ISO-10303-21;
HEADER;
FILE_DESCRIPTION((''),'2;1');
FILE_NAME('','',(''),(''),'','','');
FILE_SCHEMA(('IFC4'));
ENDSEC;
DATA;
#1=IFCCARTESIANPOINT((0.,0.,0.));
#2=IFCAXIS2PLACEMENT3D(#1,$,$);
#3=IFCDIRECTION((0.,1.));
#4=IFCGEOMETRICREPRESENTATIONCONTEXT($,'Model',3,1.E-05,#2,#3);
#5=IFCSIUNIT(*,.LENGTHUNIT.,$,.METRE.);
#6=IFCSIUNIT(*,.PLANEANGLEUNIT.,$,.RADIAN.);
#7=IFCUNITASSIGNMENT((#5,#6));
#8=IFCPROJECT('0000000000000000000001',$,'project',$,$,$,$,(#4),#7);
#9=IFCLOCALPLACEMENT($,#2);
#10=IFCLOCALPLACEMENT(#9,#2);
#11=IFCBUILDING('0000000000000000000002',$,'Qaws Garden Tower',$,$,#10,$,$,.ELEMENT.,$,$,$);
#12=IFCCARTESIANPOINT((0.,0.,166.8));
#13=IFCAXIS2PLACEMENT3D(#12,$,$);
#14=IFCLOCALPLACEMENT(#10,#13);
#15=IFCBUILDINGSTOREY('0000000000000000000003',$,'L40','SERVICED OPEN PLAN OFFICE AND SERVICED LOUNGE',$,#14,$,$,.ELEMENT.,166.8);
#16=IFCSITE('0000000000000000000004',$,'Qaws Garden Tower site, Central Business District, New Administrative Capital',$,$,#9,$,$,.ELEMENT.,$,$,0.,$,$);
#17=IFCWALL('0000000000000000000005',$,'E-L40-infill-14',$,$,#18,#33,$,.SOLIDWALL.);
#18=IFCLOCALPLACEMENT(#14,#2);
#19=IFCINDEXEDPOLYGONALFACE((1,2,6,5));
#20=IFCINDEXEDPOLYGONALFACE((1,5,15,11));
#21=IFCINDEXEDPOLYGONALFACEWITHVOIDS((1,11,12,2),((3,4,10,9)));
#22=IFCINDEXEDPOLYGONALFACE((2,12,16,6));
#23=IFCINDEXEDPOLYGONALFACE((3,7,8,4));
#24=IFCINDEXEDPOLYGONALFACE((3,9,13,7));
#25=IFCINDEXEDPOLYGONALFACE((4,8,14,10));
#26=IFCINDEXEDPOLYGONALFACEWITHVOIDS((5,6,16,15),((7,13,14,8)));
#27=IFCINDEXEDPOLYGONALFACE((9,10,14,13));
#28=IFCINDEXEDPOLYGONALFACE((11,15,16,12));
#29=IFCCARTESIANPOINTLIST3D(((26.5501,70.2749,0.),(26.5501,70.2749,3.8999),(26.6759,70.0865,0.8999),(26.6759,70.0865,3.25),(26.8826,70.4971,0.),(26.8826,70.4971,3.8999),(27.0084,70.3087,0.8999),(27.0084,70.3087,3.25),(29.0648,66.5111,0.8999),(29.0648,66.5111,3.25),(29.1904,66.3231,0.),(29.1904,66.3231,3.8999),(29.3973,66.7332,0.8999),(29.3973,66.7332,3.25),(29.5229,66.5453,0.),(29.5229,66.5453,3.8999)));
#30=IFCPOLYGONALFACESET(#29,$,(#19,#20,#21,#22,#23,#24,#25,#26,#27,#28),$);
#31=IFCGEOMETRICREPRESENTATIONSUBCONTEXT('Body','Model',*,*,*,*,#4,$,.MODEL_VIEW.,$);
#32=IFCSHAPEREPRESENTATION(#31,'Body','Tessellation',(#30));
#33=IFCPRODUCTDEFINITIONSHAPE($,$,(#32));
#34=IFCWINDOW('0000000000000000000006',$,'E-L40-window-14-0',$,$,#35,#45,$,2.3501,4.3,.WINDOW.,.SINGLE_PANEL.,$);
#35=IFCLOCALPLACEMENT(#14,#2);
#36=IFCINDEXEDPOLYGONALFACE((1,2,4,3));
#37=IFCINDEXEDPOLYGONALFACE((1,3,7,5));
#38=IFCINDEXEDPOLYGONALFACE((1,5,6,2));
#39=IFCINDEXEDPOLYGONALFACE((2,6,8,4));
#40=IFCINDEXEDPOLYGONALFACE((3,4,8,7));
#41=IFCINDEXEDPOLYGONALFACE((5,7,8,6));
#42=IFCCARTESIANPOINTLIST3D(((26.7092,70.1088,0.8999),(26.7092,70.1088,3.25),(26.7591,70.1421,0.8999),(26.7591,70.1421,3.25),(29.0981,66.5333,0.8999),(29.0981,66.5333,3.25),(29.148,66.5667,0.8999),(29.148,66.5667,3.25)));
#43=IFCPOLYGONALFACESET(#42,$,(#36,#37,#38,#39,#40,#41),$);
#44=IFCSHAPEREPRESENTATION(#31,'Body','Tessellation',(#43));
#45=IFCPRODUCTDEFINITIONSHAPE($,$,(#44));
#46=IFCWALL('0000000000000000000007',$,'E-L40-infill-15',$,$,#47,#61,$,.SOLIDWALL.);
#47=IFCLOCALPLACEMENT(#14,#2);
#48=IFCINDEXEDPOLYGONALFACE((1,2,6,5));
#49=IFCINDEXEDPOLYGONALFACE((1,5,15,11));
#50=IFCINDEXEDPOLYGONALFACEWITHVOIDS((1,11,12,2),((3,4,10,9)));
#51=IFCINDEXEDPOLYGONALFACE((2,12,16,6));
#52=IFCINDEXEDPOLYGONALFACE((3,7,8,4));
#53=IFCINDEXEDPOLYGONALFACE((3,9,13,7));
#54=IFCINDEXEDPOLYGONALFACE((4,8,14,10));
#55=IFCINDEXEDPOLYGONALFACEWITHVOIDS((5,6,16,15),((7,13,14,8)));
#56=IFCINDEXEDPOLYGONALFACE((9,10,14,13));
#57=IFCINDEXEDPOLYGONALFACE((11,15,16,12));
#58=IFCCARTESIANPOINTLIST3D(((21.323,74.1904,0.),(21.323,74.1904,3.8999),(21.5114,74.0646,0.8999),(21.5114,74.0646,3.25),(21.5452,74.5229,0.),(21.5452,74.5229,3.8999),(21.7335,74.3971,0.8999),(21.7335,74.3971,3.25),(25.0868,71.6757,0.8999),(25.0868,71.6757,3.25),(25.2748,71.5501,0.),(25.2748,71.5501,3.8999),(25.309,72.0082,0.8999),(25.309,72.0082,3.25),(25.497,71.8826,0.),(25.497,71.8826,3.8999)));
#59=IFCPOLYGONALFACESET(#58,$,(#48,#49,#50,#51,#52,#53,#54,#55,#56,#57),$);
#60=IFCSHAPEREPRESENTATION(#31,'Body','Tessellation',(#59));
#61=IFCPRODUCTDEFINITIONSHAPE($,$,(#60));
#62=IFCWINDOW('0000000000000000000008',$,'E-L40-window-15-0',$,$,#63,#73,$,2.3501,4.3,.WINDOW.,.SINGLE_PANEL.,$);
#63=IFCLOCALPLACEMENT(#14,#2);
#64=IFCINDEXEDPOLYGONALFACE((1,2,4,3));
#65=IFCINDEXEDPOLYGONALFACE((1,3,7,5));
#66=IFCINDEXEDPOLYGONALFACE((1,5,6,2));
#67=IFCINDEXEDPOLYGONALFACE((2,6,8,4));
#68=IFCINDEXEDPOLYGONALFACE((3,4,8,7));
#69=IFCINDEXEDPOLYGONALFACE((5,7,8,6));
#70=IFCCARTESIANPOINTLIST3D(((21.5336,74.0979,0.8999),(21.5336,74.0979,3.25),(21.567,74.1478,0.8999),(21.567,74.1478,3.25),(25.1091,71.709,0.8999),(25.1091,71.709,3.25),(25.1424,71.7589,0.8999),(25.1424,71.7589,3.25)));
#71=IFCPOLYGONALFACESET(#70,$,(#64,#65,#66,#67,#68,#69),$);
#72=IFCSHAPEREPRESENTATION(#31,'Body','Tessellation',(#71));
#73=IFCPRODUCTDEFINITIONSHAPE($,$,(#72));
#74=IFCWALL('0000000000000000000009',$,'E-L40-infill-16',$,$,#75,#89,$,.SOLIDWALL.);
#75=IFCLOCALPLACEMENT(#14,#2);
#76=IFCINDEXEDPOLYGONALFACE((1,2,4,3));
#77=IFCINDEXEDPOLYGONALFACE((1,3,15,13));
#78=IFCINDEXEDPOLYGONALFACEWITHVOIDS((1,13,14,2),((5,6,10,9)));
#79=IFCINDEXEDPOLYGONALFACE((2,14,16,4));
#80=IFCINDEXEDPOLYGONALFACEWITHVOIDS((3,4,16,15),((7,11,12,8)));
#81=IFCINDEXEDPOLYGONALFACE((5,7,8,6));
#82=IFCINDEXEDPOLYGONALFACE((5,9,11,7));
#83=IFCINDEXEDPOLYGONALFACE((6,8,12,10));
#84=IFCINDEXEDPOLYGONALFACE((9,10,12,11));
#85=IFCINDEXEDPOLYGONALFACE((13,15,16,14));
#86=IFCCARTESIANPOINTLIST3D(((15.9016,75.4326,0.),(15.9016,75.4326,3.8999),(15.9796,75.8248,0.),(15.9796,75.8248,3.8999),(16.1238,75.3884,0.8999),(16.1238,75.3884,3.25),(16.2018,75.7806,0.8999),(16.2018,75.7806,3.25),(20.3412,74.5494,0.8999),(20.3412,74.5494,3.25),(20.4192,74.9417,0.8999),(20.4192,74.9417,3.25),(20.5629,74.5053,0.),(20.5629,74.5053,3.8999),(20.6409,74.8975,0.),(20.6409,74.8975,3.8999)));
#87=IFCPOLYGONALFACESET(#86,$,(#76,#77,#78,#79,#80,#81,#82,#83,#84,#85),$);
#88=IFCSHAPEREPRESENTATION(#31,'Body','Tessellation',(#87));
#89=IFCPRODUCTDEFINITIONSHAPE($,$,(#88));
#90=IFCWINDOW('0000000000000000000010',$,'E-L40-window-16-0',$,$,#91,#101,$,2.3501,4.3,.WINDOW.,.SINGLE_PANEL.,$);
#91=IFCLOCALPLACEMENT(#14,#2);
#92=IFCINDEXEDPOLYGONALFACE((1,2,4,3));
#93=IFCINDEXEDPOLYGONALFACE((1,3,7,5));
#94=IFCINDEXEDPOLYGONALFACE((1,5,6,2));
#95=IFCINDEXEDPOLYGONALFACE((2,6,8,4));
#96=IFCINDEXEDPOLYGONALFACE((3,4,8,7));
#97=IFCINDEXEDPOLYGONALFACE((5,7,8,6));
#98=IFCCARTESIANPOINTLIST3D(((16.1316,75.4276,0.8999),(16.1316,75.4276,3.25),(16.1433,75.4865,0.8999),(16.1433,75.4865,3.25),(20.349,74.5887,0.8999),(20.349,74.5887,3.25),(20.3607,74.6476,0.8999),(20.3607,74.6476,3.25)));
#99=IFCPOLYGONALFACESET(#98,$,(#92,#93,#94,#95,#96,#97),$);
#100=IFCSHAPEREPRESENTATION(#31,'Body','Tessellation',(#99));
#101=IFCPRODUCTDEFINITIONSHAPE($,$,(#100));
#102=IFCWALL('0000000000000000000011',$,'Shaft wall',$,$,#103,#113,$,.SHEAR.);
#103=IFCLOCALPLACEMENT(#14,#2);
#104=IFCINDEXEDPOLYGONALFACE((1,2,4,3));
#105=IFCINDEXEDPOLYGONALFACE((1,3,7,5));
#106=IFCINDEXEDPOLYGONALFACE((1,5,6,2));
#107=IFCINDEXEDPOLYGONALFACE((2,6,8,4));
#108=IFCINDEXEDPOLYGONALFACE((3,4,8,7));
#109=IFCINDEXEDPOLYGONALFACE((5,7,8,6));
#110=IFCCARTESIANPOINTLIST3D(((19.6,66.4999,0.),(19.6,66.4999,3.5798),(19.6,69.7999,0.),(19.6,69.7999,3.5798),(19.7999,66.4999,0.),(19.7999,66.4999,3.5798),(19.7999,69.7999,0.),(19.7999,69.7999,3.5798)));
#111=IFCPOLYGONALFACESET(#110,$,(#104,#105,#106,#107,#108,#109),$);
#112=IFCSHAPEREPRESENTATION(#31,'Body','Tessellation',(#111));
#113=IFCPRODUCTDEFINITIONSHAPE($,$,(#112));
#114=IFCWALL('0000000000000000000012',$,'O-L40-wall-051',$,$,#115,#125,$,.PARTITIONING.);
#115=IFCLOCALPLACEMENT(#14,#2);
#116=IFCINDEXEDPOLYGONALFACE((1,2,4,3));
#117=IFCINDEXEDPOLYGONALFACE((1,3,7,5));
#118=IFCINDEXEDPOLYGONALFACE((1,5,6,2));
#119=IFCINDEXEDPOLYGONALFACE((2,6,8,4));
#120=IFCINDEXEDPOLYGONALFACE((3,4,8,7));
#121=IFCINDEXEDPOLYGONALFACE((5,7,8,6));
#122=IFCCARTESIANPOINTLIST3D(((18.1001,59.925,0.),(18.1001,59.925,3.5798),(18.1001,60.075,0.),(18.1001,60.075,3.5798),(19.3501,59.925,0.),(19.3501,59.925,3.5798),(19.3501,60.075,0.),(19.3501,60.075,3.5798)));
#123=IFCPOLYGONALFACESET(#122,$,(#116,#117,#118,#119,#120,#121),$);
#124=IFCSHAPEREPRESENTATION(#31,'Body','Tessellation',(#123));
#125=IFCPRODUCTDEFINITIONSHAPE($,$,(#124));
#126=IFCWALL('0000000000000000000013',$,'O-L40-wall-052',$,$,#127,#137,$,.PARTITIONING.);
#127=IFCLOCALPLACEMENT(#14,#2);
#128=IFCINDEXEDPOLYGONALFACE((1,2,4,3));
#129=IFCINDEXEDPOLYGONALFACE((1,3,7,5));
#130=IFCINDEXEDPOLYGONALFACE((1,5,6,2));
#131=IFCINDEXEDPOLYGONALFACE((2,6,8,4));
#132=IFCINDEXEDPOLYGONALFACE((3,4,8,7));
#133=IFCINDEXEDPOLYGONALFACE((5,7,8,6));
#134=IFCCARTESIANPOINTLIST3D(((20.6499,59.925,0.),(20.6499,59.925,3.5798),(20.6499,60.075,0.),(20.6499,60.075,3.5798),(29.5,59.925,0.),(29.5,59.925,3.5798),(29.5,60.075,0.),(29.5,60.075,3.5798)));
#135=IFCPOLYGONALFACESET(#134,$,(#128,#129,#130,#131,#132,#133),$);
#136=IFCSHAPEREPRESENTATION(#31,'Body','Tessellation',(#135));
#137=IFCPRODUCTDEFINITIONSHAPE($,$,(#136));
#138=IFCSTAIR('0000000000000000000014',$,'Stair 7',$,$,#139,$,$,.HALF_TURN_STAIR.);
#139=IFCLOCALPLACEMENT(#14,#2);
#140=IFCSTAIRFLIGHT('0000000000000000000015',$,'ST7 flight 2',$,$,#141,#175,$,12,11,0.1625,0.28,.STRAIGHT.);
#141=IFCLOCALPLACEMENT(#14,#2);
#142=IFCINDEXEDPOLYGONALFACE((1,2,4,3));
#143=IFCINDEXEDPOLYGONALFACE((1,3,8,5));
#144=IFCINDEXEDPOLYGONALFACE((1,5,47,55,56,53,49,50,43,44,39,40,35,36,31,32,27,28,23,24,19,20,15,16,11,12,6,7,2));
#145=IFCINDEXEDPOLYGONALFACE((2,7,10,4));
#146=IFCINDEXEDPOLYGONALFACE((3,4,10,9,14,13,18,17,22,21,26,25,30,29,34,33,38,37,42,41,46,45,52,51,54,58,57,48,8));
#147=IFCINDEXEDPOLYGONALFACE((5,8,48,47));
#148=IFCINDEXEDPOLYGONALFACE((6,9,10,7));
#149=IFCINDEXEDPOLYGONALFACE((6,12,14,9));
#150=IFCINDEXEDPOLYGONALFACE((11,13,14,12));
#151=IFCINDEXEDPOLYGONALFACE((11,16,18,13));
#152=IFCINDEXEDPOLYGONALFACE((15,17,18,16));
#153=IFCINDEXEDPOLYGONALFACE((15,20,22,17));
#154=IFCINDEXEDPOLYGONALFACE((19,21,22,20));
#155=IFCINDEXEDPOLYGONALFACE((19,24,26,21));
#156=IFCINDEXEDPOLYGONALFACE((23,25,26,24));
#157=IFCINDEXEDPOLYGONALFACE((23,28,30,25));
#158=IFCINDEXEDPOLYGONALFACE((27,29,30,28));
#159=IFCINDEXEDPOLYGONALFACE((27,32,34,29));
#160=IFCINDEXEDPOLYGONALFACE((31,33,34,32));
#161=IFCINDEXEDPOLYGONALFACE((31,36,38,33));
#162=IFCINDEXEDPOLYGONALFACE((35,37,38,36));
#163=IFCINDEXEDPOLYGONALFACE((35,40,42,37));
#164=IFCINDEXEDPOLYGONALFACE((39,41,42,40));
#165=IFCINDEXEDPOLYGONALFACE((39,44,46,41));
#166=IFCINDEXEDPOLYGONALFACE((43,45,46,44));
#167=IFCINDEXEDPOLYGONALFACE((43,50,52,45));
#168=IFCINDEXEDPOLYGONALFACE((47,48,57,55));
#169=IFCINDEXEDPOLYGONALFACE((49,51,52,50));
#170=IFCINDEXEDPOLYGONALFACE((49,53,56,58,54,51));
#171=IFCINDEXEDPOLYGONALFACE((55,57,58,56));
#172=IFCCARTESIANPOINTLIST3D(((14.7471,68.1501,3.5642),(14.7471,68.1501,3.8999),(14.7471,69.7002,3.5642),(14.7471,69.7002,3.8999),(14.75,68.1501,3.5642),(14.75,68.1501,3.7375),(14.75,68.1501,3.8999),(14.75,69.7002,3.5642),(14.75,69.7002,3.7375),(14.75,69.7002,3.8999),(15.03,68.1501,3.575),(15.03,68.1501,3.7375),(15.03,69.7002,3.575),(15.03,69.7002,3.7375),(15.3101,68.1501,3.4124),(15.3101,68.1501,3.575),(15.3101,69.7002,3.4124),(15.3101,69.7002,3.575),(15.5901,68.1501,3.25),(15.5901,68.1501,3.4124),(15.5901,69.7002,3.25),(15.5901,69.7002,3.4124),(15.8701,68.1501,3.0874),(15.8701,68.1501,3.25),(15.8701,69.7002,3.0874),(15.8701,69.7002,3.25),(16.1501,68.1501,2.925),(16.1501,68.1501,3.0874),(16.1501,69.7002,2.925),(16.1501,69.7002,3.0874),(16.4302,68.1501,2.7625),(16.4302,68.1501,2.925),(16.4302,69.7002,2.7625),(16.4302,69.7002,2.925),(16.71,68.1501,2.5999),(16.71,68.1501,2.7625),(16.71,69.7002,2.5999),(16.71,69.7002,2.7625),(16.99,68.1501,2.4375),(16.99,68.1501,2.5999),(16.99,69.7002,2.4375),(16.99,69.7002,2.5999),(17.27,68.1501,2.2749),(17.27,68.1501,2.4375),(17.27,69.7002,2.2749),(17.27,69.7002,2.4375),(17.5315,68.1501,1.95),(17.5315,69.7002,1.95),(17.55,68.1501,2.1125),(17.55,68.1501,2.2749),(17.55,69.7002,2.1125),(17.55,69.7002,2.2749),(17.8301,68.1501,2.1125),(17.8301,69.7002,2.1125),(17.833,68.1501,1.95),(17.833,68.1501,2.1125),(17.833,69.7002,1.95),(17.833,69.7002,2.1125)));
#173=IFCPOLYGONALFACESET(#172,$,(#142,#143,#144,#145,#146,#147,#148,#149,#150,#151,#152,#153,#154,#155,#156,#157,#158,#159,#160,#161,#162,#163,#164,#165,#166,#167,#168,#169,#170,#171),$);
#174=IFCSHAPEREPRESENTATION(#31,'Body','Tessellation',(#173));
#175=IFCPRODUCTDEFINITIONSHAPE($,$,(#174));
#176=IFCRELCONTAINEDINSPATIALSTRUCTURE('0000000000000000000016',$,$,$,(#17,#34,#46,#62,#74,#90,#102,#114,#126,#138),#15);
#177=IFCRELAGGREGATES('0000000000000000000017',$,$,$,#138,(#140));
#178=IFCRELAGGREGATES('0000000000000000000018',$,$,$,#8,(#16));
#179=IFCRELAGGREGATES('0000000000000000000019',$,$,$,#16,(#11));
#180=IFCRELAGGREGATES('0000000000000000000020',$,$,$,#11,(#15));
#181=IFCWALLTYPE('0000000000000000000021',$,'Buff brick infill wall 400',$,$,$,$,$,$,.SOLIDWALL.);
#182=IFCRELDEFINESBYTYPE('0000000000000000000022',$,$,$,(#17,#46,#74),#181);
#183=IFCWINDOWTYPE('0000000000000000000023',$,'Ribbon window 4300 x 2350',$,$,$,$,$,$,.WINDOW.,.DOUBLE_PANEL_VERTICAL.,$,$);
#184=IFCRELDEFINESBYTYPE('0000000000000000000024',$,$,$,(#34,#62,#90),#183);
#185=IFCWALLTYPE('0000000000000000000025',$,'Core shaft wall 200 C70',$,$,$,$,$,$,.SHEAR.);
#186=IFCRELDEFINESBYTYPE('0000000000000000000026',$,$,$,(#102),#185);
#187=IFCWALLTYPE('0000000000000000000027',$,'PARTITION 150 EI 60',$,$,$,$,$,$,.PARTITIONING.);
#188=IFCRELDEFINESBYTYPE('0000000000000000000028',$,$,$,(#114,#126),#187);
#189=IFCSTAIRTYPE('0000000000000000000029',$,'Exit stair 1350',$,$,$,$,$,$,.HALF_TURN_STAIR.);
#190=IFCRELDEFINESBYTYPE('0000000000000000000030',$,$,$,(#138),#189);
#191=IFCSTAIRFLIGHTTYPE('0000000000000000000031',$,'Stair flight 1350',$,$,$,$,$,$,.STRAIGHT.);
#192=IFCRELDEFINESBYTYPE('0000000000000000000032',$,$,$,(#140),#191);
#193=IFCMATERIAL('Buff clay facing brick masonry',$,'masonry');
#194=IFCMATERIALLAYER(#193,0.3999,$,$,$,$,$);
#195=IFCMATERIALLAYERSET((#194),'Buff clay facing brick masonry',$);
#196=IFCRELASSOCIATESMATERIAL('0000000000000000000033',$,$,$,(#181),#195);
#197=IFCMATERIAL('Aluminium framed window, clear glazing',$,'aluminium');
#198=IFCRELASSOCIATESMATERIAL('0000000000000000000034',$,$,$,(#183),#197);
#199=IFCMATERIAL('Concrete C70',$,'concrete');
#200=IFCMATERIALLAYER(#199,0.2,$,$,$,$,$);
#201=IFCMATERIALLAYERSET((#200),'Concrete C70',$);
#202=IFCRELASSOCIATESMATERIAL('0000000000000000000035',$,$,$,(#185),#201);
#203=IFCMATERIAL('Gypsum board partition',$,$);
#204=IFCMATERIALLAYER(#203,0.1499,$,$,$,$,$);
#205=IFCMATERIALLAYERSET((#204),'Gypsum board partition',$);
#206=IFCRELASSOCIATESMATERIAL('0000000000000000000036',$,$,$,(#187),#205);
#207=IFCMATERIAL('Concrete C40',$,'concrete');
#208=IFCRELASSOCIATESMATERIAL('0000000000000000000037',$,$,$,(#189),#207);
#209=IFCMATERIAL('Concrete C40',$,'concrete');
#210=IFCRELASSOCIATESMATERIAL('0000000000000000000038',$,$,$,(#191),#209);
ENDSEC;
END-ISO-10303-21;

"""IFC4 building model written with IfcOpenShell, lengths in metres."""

from ifc_helpers import new_model, si_unit, direction, frame, frame_2d, origin, place, context, subcontext, project, spatial, polyline, rectangle, outline, extrude, material, layer, layer_set, type_object, element, fill, aggregate, save


model = new_model("IFC4")

# Units and contexts
model_context = context("Model", 3, precision=1e-05, world=origin(), true_north=direction((0.0, 1.0)))
body_context = subcontext(model_context, "Body", "Model", "MODEL_VIEW")
ifc_project = project(units=[si_unit("LENGTHUNIT", "METRE"), si_unit("PLANEANGLEUNIT", "RADIAN")], contexts=[model_context])

# Site, building, storey
site_placement = place(None, origin())
site = spatial("IfcSite", under=ifc_project, at=site_placement, Name="Qaws Garden Tower site, Central Business District, New Administrative Capital", CompositionType="ELEMENT", RefElevation=0.0)
building_placement = place(site_placement, origin())
building = spatial("IfcBuilding", under=site, at=building_placement, Name="Qaws Garden Tower", CompositionType="ELEMENT")
storey_placement = place(building_placement, frame((0.0, 0.0, 166.8)))
storey = spatial("IfcBuildingStorey", under=building, at=storey_placement, Name="L40", Description="SERVICED OPEN PLAN OFFICE AND SERVICED LOUNGE", CompositionType="ELEMENT", Elevation=166.8)

# Walls, openings, windows
ifc_material_1 = material(Name="Buff clay facing brick masonry", Category="masonry")
ifc_layer_1 = layer(ifc_material_1, 0.3999)
ifc_layer_set_1 = layer_set([ifc_layer_1], Name="Buff clay facing brick masonry")
wall_type_1 = type_object("IfcWallType", Name="Buff brick infill wall 400", PredefinedType="SOLIDWALL", material=ifc_layer_set_1)
ifc_material_2 = material(Name="Aluminium framed window, clear glazing", Category="aluminium")
window_type = type_object("IfcWindowType", Name="Ribbon window 4300 x 2350", PartitioningType="DOUBLE_PANEL_VERTICAL", PredefinedType="WINDOW", material=ifc_material_2)
wall_1_placement = place(storey_placement, frame((29.3567, 66.4341, 0.0), z_axis=(0.0, 0.0, 1.0), x_axis=(-0.555542, 0.831489, 0.0)))
wall_1 = element("IfcWall", 1, at=wall_1_placement, inside=storey, type_object=wall_type_1, Name="E-L40-infill-14", PredefinedType="SOLIDWALL", context=body_context, shape_type="SweptSolid", body=[
    extrude(rectangle(XDim=4.7527, YDim=0.3999, at=frame_2d((2.3765, 0.0))), origin(), (0.0, 0.0, 1.0), 3.8999),
])
opening_1_placement = place(wall_1_placement, frame((0.2263, 0.0, 0.8999)))
opening_1 = element("IfcOpeningElement", 2, at=opening_1_placement, cuts=wall_1, PredefinedType="OPENING", context=body_context, shape_type="SweptSolid", body=[
    extrude(rectangle(XDim=4.3, YDim=2.3501, at=frame_2d((2.1499, 1.175))), frame((0.0, 0.21, 0.0), z_axis=(0.0, -1.0, 0.0), x_axis=(1.0, 0.0, 0.0)), (0.0, 0.0, 1.0), 0.4199),
])
window_1_placement = place(opening_1_placement, origin())
window_1 = element("IfcWindow", 3, at=window_1_placement, inside=storey, type_object=window_type, Name="E-L40-window-14-0", OverallHeight=2.3501, OverallWidth=4.3, PartitioningType="SINGLE_PANEL", PredefinedType="WINDOW", context=body_context, shape_type="SweptSolid", body=[
    extrude(rectangle(XDim=4.3, YDim=2.3501, at=frame_2d((2.1499, 1.175))), frame((0.0, 0.1599, 0.0), z_axis=(0.0, -1.0, 0.0), x_axis=(1.0, 0.0, 0.0)), (0.0, 0.0, 1.0), 0.0601),
])
fill(opening_1, window_1)
wall_2_placement = place(storey_placement, frame((25.386, 71.7163, 0.0), z_axis=(0.0, 0.0, 1.0), x_axis=(-0.831489, 0.555542, 0.0)))
wall_2 = element("IfcWall", 4, at=wall_2_placement, inside=storey, type_object=wall_type_1, Name="E-L40-infill-15", PredefinedType="SOLIDWALL", context=body_context, shape_type="SweptSolid", body=[
    extrude(rectangle(XDim=4.7527, YDim=0.3999, at=frame_2d((2.3765, 0.0))), origin(), (0.0, 0.0, 1.0), 3.8999),
])
opening_2_placement = place(wall_2_placement, frame((0.2263, 0.0, 0.8999)))
opening_2 = element("IfcOpeningElement", 5, at=opening_2_placement, cuts=wall_2, PredefinedType="OPENING", context=body_context, shape_type="SweptSolid", body=[
    extrude(rectangle(XDim=4.3, YDim=2.3501, at=frame_2d((2.1499, 1.175))), frame((0.0, 0.21, 0.0), z_axis=(0.0, -1.0, 0.0), x_axis=(1.0, 0.0, 0.0)), (0.0, 0.0, 1.0), 0.4199),
])
window_2_placement = place(opening_2_placement, origin())
window_2 = element("IfcWindow", 6, at=window_2_placement, inside=storey, type_object=window_type, Name="E-L40-window-15-0", OverallHeight=2.3501, OverallWidth=4.3, PartitioningType="SINGLE_PANEL", PredefinedType="WINDOW", context=body_context, shape_type="SweptSolid", body=[
    extrude(rectangle(XDim=4.3, YDim=2.3501, at=frame_2d((2.1499, 1.175))), frame((0.0, 0.1599, 0.0), z_axis=(0.0, -1.0, 0.0), x_axis=(1.0, 0.0, 0.0)), (0.0, 0.0, 1.0), 0.0601),
])
fill(opening_2, window_2)
wall_3_placement = place(storey_placement, frame((20.6021, 74.7014, 0.0), z_axis=(0.0, 0.0, 1.0), x_axis=(-0.980784, 0.195099, 0.0)))
wall_3 = element("IfcWall", 7, at=wall_3_placement, inside=storey, type_object=wall_type_1, Name="E-L40-infill-16", PredefinedType="SOLIDWALL", context=body_context, shape_type="SweptSolid", body=[
    extrude(rectangle(XDim=4.7527, YDim=0.3999, at=frame_2d((2.3765, 0.0))), origin(), (0.0, 0.0, 1.0), 3.8999),
])
opening_3_placement = place(wall_3_placement, frame((0.2263, 0.0, 0.8999)))
opening_3 = element("IfcOpeningElement", 8, at=opening_3_placement, cuts=wall_3, PredefinedType="OPENING", context=body_context, shape_type="SweptSolid", body=[
    extrude(rectangle(XDim=4.3, YDim=2.3501, at=frame_2d((2.1499, 1.175))), frame((0.0, 0.21, 0.0), z_axis=(0.0, -1.0, 0.0), x_axis=(1.0, 0.0, 0.0)), (0.0, 0.0, 1.0), 0.4199),
])
window_3_placement = place(opening_3_placement, origin())
window_3 = element("IfcWindow", 9, at=window_3_placement, inside=storey, type_object=window_type, Name="E-L40-window-16-0", OverallHeight=2.3501, OverallWidth=4.3, PartitioningType="SINGLE_PANEL", PredefinedType="WINDOW", context=body_context, shape_type="SweptSolid", body=[
    extrude(rectangle(XDim=4.3, YDim=2.3501, at=frame_2d((2.1499, 1.175))), frame((0.0, 0.1599, 0.0), z_axis=(0.0, -1.0, 0.0), x_axis=(1.0, 0.0, 0.0)), (0.0, 0.0, 1.0), 0.0601),
])
fill(opening_3, window_3)

# Walls
ifc_material_3 = material(Name="Concrete C70", Category="concrete")
ifc_layer_2 = layer(ifc_material_3, 0.2)
ifc_layer_set_2 = layer_set([ifc_layer_2], Name="Concrete C70")
wall_type_2 = type_object("IfcWallType", Name="Core shaft wall 200 C70", PredefinedType="SHEAR", material=ifc_layer_set_2)
wall_4_placement = place(storey_placement, frame((19.7, 66.5, 0.0), z_axis=(0.0, 0.0, 1.0), x_axis=(0.0, 1.0, 0.0)))
element("IfcWall", 10, at=wall_4_placement, inside=storey, type_object=wall_type_2, Name="Shaft wall", PredefinedType="SHEAR", context=body_context, shape_type="SweptSolid", body=[
    extrude(rectangle(XDim=3.3, YDim=0.2, at=frame_2d((1.6499, 0.0))), origin(), (0.0, 0.0, 1.0), 3.5798),
])
ifc_material_4 = material(Name="Gypsum board partition")
ifc_layer_3 = layer(ifc_material_4, 0.1499)
ifc_layer_set_3 = layer_set([ifc_layer_3], Name="Gypsum board partition")
wall_type_3 = type_object("IfcWallType", Name="PARTITION 150 EI 60", PredefinedType="PARTITIONING", material=ifc_layer_set_3)
wall_5_placement = place(storey_placement, frame((18.1001, 60.0, 0.0), z_axis=(0.0, 0.0, 1.0), x_axis=(1.0, 0.0, 0.0)))
element("IfcWall", 11, at=wall_5_placement, inside=storey, type_object=wall_type_3, Name="O-L40-wall-051", PredefinedType="PARTITIONING", context=body_context, shape_type="SweptSolid", body=[
    extrude(rectangle(XDim=1.25, YDim=0.1499, at=frame_2d((0.625, 0.0))), origin(), (0.0, 0.0, 1.0), 3.5798),
])
wall_6_placement = place(storey_placement, frame((20.6499, 60.0, 0.0), z_axis=(0.0, 0.0, 1.0), x_axis=(1.0, 0.0, 0.0)))
element("IfcWall", 12, at=wall_6_placement, inside=storey, type_object=wall_type_3, Name="O-L40-wall-052", PredefinedType="PARTITIONING", context=body_context, shape_type="SweptSolid", body=[
    extrude(rectangle(XDim=8.8501, YDim=0.1499, at=frame_2d((4.425, 0.0))), origin(), (0.0, 0.0, 1.0), 3.5798),
])

# Stair, stair flight
ifc_material_5 = material(Name="Concrete C40", Category="concrete")
stair_type = type_object("IfcStairType", Name="Exit stair 1350", PredefinedType="HALF_TURN_STAIR", material=ifc_material_5)
stair_placement = place(storey_placement, origin())
stair = element("IfcStair", 13, at=stair_placement, inside=storey, type_object=stair_type, Name="Stair 7", PredefinedType="HALF_TURN_STAIR")
ifc_material_6 = material(Name="Concrete C40", Category="concrete")
stair_flight_type = type_object("IfcStairFlightType", Name="Stair flight 1350", PredefinedType="STRAIGHT", material=ifc_material_6)
stair_flight_placement = place(storey_placement, frame((17.8301, 68.925, 1.95), z_axis=(0.0, 0.0, 1.0), x_axis=(-1.0, 0.0, 0.0)))
stair_flight = element("IfcStairFlight", 14, at=stair_flight_placement, type_object=stair_flight_type, Name="ST7 flight 2", NumberOfRisers=12, NumberOfTreads=11, PredefinedType="STRAIGHT", RiserHeight=0.1625, TreadLength=0.28, context=body_context, shape_type="SweptSolid", body=[
    extrude(outline(polyline([(-0.0029, 0.0), (-0.0029, 0.1626), (0.0, 0.1626), (0.28, 0.1626), (0.28, 0.325), (0.5601, 0.325), (0.5601, 0.4875), (0.8401, 0.4875), (0.8401, 0.6499), (1.1201, 0.6499), (1.1201, 0.8125), (1.3999, 0.8125), (1.3999, 0.9751), (1.6799, 0.9751), (1.6799, 1.1375), (1.96, 1.1375), (1.96, 1.3), (2.24, 1.3), (2.24, 1.4624), (2.52, 1.4624), (2.52, 1.625), (2.8, 1.625), (2.8, 1.7876), (3.0801, 1.7876), (3.0801, 1.95), (3.083, 1.95), (3.083, 1.6143), (3.0801, 1.6143), (0.2986, 0.0), (-0.0029, 0.0)])), frame((0.0, 0.7749, 0.0), z_axis=(0.0, -1.0, 0.0), x_axis=(1.0, 0.0, 0.0)), (0.0, 0.0, 1.0), 1.55),
])
aggregate(stair, [stair_flight])

save(model, "model.ifc")
